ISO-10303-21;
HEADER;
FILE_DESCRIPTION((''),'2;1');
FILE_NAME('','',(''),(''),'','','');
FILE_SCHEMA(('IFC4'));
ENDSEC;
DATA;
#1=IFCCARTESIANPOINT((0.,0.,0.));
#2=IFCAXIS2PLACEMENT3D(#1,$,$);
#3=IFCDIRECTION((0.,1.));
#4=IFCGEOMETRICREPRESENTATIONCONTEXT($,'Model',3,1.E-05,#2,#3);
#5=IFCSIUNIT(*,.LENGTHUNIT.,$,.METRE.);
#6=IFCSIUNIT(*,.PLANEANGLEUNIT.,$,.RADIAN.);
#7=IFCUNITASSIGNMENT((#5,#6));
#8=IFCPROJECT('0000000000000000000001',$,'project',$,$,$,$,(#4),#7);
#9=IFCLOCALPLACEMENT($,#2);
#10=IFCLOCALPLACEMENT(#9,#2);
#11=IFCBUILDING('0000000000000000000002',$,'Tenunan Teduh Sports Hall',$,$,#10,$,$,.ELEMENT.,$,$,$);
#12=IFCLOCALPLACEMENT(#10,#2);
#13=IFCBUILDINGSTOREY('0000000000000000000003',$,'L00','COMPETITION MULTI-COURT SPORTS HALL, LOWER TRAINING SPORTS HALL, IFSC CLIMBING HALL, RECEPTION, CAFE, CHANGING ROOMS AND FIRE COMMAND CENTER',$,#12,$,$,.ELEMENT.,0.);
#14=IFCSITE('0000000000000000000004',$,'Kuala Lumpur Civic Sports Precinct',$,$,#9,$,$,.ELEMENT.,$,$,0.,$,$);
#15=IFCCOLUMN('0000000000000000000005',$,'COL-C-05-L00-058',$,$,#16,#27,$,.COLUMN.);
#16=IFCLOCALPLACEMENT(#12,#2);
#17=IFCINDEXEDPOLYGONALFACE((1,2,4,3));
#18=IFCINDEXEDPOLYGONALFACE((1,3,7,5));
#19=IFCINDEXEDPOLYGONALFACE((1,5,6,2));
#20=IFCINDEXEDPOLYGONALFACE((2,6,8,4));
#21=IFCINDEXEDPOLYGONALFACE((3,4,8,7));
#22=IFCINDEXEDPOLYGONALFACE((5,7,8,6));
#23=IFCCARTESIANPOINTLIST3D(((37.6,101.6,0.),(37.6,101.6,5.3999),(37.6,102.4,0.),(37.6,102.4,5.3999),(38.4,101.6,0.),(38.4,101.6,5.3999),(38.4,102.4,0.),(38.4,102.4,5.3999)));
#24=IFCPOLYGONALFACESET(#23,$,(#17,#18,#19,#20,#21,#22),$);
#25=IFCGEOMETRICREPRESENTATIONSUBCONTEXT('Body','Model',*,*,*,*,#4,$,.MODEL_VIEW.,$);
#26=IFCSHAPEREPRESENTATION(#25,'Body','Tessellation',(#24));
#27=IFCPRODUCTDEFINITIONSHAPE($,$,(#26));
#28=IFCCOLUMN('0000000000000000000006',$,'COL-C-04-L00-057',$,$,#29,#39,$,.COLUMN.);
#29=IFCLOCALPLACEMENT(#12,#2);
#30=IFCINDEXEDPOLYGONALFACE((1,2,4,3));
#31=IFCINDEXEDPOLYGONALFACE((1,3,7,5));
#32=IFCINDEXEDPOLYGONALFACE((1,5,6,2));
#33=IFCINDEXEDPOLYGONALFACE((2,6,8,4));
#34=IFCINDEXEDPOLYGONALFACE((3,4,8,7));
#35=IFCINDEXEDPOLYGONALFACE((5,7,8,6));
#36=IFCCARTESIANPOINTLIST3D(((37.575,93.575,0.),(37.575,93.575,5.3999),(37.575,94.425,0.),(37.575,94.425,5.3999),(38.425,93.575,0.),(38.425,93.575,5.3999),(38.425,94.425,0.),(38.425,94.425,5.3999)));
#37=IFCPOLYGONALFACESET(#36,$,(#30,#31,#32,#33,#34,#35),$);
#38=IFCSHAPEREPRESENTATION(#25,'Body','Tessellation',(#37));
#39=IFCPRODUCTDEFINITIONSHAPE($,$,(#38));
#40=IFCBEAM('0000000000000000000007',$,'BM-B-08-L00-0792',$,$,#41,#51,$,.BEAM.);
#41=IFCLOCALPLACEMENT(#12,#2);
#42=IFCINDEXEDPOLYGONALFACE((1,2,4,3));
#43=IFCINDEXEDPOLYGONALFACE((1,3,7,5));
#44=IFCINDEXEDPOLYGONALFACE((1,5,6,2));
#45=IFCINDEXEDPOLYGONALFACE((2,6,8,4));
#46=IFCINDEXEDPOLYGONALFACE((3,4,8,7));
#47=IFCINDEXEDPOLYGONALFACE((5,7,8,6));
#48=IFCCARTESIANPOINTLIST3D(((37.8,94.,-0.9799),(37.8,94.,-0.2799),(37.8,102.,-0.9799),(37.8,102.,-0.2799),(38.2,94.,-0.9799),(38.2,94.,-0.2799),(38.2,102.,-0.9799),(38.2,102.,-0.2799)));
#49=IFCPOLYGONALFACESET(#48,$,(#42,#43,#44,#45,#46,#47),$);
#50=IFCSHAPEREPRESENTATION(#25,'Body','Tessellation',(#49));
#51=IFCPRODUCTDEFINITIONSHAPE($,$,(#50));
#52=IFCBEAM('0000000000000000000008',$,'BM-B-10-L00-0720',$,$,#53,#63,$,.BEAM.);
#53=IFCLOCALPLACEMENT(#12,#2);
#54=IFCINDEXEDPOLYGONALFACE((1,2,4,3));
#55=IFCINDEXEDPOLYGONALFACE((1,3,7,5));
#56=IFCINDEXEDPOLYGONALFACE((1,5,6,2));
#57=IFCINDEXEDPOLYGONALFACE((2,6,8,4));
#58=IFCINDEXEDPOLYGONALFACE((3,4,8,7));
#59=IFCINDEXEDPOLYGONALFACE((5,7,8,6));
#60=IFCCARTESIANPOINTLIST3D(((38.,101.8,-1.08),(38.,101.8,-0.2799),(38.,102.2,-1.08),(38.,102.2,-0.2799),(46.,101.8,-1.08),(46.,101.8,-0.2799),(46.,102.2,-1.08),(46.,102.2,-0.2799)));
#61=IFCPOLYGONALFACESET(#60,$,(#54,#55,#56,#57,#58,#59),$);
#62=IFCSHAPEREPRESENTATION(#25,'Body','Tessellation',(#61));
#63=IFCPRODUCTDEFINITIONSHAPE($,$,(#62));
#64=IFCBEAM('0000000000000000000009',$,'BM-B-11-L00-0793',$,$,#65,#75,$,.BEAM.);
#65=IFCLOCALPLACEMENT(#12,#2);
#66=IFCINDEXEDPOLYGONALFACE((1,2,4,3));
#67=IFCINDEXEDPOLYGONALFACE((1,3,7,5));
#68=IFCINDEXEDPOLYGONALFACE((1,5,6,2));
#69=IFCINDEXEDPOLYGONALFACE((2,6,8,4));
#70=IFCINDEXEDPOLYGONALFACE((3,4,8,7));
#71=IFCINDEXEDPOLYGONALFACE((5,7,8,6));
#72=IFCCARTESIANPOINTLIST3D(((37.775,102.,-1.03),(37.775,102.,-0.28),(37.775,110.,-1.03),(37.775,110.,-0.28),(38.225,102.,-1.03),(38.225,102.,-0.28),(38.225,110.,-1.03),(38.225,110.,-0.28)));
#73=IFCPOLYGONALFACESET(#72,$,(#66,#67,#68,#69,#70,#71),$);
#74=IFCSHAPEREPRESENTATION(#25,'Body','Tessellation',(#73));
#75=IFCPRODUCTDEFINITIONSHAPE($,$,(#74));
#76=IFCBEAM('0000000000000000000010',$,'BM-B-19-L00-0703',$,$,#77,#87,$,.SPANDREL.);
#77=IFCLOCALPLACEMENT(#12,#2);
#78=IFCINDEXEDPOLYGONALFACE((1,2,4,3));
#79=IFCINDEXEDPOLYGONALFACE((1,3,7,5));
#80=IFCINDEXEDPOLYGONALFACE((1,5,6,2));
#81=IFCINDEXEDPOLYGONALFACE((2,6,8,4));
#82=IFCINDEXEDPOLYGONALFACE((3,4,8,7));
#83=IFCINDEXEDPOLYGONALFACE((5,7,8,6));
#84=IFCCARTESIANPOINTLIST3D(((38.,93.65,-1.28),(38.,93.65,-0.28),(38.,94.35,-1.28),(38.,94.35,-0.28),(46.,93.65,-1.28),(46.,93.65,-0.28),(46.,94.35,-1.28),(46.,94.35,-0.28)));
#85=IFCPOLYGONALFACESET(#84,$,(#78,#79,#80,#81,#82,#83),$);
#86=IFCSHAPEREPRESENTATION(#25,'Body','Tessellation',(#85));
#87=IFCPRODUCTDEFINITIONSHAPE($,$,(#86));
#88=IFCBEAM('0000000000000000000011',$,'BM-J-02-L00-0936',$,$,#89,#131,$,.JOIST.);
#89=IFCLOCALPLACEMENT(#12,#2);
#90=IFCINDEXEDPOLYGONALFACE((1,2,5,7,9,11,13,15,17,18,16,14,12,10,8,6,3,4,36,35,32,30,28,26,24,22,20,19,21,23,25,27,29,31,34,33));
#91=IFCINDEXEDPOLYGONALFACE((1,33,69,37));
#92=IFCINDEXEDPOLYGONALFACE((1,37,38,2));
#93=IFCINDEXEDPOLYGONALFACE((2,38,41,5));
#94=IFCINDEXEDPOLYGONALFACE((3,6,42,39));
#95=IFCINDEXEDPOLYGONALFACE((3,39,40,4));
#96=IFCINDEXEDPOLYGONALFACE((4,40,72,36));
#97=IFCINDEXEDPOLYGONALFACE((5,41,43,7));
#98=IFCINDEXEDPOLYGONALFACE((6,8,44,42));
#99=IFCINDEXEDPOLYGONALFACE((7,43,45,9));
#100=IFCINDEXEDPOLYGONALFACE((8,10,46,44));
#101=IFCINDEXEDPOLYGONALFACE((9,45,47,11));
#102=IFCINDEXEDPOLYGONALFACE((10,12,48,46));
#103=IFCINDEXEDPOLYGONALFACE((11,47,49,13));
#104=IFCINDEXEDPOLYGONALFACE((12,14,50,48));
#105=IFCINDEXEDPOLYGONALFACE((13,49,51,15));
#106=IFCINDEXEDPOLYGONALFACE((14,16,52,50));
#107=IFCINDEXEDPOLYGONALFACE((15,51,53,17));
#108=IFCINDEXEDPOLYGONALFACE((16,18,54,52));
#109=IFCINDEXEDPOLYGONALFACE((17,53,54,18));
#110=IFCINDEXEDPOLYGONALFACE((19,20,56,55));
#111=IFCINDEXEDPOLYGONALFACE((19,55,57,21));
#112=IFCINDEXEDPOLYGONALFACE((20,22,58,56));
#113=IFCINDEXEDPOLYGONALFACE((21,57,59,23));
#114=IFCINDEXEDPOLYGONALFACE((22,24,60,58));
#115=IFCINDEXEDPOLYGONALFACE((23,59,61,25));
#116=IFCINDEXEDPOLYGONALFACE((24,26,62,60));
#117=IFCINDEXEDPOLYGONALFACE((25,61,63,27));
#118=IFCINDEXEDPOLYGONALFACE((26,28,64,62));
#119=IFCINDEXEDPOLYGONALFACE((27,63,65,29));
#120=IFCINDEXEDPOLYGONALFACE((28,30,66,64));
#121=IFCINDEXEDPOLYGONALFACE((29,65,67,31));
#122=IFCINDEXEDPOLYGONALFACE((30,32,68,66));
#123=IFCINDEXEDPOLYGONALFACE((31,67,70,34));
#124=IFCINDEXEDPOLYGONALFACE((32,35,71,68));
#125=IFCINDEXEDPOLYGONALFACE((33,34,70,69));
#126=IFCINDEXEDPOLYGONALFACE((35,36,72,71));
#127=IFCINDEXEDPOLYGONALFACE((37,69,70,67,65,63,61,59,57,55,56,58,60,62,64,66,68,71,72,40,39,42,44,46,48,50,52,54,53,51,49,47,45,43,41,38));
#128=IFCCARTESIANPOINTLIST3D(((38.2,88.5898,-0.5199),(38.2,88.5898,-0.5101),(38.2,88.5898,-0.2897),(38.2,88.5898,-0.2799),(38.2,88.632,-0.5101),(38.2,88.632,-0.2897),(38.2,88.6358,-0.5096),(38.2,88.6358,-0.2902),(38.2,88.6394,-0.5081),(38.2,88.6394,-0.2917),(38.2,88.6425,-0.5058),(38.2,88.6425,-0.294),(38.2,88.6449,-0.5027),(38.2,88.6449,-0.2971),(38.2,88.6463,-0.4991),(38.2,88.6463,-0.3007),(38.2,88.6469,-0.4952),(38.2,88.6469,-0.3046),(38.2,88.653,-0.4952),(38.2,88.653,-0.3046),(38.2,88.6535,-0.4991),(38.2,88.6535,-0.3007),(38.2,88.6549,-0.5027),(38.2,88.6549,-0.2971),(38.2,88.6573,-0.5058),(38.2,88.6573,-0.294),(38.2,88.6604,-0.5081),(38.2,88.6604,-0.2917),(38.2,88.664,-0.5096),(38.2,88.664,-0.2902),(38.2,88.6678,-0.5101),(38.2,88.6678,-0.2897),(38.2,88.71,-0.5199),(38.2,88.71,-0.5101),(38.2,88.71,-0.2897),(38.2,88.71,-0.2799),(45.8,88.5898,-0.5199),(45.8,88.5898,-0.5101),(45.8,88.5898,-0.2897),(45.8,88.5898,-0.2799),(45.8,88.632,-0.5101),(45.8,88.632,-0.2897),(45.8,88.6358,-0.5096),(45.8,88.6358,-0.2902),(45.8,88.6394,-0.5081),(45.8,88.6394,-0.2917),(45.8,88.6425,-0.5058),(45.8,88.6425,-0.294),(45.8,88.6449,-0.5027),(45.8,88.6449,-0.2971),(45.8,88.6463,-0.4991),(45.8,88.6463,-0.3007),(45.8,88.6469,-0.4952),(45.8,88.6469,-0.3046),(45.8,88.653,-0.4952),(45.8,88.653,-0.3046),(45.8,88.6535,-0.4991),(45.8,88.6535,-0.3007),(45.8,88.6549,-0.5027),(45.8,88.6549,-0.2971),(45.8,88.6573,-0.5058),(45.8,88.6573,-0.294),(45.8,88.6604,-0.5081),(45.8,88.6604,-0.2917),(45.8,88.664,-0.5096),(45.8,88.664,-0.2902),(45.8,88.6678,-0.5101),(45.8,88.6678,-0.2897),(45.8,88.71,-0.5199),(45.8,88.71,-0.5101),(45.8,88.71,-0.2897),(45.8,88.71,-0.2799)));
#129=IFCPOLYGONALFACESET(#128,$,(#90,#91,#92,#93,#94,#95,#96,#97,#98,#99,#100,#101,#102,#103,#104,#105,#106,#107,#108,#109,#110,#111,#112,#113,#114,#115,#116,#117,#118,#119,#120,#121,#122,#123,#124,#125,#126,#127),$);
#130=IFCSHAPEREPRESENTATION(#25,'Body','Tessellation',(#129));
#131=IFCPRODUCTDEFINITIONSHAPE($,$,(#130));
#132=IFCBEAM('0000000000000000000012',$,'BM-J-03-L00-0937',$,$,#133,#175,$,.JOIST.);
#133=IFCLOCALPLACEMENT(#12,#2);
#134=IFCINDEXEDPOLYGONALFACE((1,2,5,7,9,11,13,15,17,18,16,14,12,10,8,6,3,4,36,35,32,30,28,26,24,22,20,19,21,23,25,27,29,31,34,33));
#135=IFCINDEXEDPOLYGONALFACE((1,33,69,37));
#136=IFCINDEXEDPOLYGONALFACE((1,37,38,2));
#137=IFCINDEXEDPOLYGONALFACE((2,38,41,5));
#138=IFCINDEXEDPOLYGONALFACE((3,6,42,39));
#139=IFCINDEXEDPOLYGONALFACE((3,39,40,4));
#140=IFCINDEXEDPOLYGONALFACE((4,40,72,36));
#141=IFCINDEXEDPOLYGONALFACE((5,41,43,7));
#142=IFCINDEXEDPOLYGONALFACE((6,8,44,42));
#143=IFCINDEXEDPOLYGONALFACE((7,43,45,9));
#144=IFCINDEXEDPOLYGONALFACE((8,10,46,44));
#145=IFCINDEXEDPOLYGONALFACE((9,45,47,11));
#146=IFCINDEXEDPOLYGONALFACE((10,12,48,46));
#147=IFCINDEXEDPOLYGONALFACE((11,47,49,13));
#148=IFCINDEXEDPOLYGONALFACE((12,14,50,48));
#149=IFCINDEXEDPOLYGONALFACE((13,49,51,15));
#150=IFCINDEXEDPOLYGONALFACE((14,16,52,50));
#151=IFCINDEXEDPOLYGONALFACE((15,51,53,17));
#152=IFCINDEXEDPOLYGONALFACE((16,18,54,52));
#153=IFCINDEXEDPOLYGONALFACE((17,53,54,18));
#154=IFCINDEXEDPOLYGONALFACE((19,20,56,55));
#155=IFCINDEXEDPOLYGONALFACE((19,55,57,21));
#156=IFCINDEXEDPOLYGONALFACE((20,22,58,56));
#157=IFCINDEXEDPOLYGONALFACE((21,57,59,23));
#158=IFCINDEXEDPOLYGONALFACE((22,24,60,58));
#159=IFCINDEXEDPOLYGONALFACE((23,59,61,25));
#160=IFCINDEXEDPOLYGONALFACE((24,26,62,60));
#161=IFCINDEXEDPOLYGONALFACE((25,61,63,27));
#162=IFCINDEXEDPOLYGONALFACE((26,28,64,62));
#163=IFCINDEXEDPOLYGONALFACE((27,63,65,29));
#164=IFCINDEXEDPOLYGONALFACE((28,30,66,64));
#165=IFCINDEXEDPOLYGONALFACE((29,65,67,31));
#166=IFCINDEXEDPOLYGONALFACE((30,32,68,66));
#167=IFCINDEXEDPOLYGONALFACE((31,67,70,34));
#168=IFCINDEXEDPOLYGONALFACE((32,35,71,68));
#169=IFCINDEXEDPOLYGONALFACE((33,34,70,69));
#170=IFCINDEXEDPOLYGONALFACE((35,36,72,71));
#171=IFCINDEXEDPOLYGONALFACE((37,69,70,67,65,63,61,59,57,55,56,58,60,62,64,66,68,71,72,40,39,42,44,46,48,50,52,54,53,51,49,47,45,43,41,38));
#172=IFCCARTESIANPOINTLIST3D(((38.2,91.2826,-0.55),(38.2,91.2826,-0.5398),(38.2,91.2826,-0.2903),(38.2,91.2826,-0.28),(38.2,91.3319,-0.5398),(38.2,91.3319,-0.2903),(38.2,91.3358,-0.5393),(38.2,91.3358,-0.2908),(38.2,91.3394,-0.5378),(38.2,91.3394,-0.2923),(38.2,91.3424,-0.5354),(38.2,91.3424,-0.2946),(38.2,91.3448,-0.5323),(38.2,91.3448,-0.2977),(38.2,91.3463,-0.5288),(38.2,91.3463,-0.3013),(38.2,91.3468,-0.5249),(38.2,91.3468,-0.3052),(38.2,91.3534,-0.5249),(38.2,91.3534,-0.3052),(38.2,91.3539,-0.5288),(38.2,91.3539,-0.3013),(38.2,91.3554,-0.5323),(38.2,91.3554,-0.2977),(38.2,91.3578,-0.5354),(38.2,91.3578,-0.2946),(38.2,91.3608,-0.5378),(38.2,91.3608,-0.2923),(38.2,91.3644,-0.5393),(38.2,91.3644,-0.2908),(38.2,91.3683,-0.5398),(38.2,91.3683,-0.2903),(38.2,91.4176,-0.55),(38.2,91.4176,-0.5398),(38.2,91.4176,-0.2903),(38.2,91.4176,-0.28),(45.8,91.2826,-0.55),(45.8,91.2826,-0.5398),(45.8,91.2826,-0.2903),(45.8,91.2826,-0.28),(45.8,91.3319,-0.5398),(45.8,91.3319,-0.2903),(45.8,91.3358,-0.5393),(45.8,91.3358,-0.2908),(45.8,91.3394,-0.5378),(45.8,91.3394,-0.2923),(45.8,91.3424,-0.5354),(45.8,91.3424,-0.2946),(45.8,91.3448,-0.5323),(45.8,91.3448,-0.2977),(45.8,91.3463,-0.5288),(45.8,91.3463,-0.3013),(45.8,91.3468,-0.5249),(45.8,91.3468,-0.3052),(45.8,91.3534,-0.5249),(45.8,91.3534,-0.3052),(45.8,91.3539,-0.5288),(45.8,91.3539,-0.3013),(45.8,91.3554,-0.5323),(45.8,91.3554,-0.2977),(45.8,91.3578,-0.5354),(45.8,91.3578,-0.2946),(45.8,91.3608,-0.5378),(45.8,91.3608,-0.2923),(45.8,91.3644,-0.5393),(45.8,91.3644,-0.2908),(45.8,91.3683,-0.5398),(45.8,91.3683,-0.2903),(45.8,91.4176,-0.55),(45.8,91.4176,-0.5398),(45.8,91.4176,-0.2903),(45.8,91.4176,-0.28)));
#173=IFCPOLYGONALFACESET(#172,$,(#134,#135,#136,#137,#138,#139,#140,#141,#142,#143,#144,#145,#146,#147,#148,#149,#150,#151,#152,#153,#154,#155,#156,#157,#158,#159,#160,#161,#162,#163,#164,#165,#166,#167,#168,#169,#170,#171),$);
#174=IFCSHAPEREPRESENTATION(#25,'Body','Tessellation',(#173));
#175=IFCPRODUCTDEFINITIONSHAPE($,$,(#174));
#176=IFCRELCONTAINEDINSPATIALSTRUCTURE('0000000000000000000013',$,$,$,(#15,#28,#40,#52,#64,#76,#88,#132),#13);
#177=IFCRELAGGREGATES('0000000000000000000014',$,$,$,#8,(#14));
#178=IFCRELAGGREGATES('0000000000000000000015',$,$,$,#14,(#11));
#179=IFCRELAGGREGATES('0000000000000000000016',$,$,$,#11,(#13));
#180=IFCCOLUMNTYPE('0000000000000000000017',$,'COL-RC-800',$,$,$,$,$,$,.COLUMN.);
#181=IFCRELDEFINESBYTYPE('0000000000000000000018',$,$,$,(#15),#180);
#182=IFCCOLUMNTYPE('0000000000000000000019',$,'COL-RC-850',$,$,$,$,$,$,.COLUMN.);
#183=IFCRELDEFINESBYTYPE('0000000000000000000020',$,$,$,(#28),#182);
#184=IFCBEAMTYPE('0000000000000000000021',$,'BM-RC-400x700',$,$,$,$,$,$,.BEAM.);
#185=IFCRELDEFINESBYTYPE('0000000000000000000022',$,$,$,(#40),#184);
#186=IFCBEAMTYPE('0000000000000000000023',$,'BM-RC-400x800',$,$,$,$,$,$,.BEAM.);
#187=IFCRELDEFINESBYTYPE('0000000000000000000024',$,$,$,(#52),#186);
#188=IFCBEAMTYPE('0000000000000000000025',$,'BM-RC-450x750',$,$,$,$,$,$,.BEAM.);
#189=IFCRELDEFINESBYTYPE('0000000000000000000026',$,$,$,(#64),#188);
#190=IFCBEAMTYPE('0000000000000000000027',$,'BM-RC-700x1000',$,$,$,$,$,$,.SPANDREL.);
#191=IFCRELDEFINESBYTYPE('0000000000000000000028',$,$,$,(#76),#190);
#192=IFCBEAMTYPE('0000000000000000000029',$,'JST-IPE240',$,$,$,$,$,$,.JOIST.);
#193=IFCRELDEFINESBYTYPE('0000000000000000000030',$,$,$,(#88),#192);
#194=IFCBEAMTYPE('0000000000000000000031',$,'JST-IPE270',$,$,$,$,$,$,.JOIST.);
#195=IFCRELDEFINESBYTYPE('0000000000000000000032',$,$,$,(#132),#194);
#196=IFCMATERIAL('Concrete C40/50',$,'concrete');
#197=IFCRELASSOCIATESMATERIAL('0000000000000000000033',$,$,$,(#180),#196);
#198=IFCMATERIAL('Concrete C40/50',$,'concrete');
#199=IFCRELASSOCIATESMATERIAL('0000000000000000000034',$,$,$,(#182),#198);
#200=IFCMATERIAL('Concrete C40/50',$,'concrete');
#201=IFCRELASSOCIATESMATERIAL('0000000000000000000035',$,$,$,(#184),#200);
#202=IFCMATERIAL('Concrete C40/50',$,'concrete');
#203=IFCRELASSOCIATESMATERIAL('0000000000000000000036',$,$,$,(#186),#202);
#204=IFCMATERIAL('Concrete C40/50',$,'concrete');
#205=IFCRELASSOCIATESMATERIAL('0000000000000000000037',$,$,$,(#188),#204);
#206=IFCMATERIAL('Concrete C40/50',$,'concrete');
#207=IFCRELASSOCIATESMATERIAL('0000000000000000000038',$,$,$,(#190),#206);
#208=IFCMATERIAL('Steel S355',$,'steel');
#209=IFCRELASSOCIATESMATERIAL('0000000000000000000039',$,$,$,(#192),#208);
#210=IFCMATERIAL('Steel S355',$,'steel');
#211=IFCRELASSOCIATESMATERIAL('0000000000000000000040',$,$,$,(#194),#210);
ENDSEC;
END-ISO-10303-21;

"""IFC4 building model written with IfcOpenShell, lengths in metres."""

from ifc_helpers import new_model, si_unit, direction, frame, origin, origin_2d, place, context, subcontext, project, spatial, rectangle, i_section, extrude, material, material_profile, profile_set, type_object, element, save


model = new_model("IFC4")

# Units and contexts
model_context = context("Model", 3, precision=1e-05, world=origin(), true_north=direction((0.0, 1.0)))
body_context = subcontext(model_context, "Body", "Model", "MODEL_VIEW")
ifc_project = project(units=[si_unit("LENGTHUNIT", "METRE"), si_unit("PLANEANGLEUNIT", "RADIAN")], contexts=[model_context])

# Site, building, storey
site_placement = place(None, origin())
site = spatial("IfcSite", under=ifc_project, at=site_placement, Name="Kuala Lumpur Civic Sports Precinct", CompositionType="ELEMENT", RefElevation=0.0)
building_placement = place(site_placement, origin())
building = spatial("IfcBuilding", under=site, at=building_placement, Name="Tenunan Teduh Sports Hall", CompositionType="ELEMENT")
storey_placement = place(building_placement, origin())
storey = spatial("IfcBuildingStorey", under=building, at=storey_placement, Name="L00", Description="COMPETITION MULTI-COURT SPORTS HALL, LOWER TRAINING SPORTS HALL, IFSC CLIMBING HALL, RECEPTION, CAFE, CHANGING ROOMS AND FIRE COMMAND CENTER", CompositionType="ELEMENT", Elevation=0.0)

# Columns
ifc_material_1 = material(Name="Concrete C40/50", Category="concrete")
ifc_material_profile_1 = material_profile(ifc_material_1, rectangle(XDim=0.8, YDim=0.8, at=origin_2d()), Name="RC 800x800")
ifc_profile_set_1 = profile_set([ifc_material_profile_1], Name="Concrete C40/50")
column_type_1 = type_object("IfcColumnType", Name="COL-RC-800", PredefinedType="COLUMN", material=ifc_profile_set_1)
column_1_placement = place(storey_placement, frame((38.0, 102.0, 0.0), z_axis=(0.0, 0.0, 1.0), x_axis=(1.0, 0.0, 0.0)))
element("IfcColumn", 1, at=column_1_placement, inside=storey, type_object=column_type_1, Name="COL-C-05-L00-058", PredefinedType="COLUMN", context=body_context, shape_type="SweptSolid", body=[
    extrude(rectangle(XDim=0.8, YDim=0.8, at=origin_2d()), origin(), (0.0, 0.0, 1.0), 5.3999),
])
ifc_material_2 = material(Name="Concrete C40/50", Category="concrete")
ifc_material_profile_2 = material_profile(ifc_material_2, rectangle(XDim=0.8501, YDim=0.8501, at=origin_2d()), Name="RC 850x850")
ifc_profile_set_2 = profile_set([ifc_material_profile_2], Name="Concrete C40/50")
column_type_2 = type_object("IfcColumnType", Name="COL-RC-850", PredefinedType="COLUMN", material=ifc_profile_set_2)
column_2_placement = place(storey_placement, frame((38.0, 94.0, 0.0), z_axis=(0.0, 0.0, 1.0), x_axis=(1.0, 0.0, 0.0)))
element("IfcColumn", 2, at=column_2_placement, inside=storey, type_object=column_type_2, Name="COL-C-04-L00-057", PredefinedType="COLUMN", context=body_context, shape_type="SweptSolid", body=[
    extrude(rectangle(XDim=0.8501, YDim=0.8501, at=origin_2d()), origin(), (0.0, 0.0, 1.0), 5.3999),
])

# Beams
ifc_material_3 = material(Name="Concrete C40/50", Category="concrete")
ifc_material_profile_3 = material_profile(ifc_material_3, rectangle(XDim=0.3999, YDim=0.7, at=origin_2d()), Name="RCB 400x700")
ifc_profile_set_3 = profile_set([ifc_material_profile_3], Name="Concrete C40/50")
beam_type_1 = type_object("IfcBeamType", Name="BM-RC-400x700", PredefinedType="BEAM", material=ifc_profile_set_3)
beam_1_placement = place(storey_placement, frame((38.0, 94.0, -0.6299), z_axis=(0.0, 1.0, 0.0), x_axis=(-1.0, 0.0, 0.0)))
element("IfcBeam", 3, at=beam_1_placement, inside=storey, type_object=beam_type_1, Name="BM-B-08-L00-0792", PredefinedType="BEAM", context=body_context, shape_type="SweptSolid", body=[
    extrude(rectangle(XDim=0.3999, YDim=0.7, at=origin_2d()), origin(), (0.0, 0.0, 1.0), 8.0),
])
ifc_material_4 = material(Name="Concrete C40/50", Category="concrete")
ifc_material_profile_4 = material_profile(ifc_material_4, rectangle(XDim=0.3999, YDim=0.8, at=origin_2d()), Name="RCB 400x800")
ifc_profile_set_4 = profile_set([ifc_material_profile_4], Name="Concrete C40/50")
beam_type_2 = type_object("IfcBeamType", Name="BM-RC-400x800", PredefinedType="BEAM", material=ifc_profile_set_4)
beam_2_placement = place(storey_placement, frame((38.0, 102.0, -0.6799), z_axis=(1.0, 0.0, 0.0), x_axis=(0.0, 1.0, 0.0)))
element("IfcBeam", 4, at=beam_2_placement, inside=storey, type_object=beam_type_2, Name="BM-B-10-L00-0720", PredefinedType="BEAM", context=body_context, shape_type="SweptSolid", body=[
    extrude(rectangle(XDim=0.3999, YDim=0.8, at=origin_2d()), origin(), (0.0, 0.0, 1.0), 8.0),
])
ifc_material_5 = material(Name="Concrete C40/50", Category="concrete")
ifc_material_profile_5 = material_profile(ifc_material_5, rectangle(XDim=0.45, YDim=0.75, at=origin_2d()), Name="RCB 450x750")
ifc_profile_set_5 = profile_set([ifc_material_profile_5], Name="Concrete C40/50")
beam_type_3 = type_object("IfcBeamType", Name="BM-RC-450x750", PredefinedType="BEAM", material=ifc_profile_set_5)
beam_3_placement = place(storey_placement, frame((38.0, 102.0, -0.655), z_axis=(0.0, 1.0, 0.0), x_axis=(-1.0, 0.0, 0.0)))
element("IfcBeam", 5, at=beam_3_placement, inside=storey, type_object=beam_type_3, Name="BM-B-11-L00-0793", PredefinedType="BEAM", context=body_context, shape_type="SweptSolid", body=[
    extrude(rectangle(XDim=0.45, YDim=0.75, at=origin_2d()), origin(), (0.0, 0.0, 1.0), 8.0),
])
ifc_material_6 = material(Name="Concrete C40/50", Category="concrete")
ifc_material_profile_6 = material_profile(ifc_material_6, rectangle(XDim=0.7, YDim=1.0, at=origin_2d()), Name="RCB 700x1000")
ifc_profile_set_6 = profile_set([ifc_material_profile_6], Name="Concrete C40/50")
beam_type_4 = type_object("IfcBeamType", Name="BM-RC-700x1000", PredefinedType="SPANDREL", material=ifc_profile_set_6)
beam_4_placement = place(storey_placement, frame((38.0, 94.0, -0.78), z_axis=(1.0, 0.0, 0.0), x_axis=(0.0, 1.0, 0.0)))
element("IfcBeam", 6, at=beam_4_placement, inside=storey, type_object=beam_type_4, Name="BM-B-19-L00-0703", PredefinedType="SPANDREL", context=body_context, shape_type="SweptSolid", body=[
    extrude(rectangle(XDim=0.7, YDim=1.0, at=origin_2d()), origin(), (0.0, 0.0, 1.0), 8.0),
])
ifc_material_7 = material(Name="Steel S355", Category="steel")
ifc_material_profile_7 = material_profile(ifc_material_7, i_section(OverallWidth=0.1201, OverallDepth=0.24, WebThickness=0.0061, FlangeThickness=0.0098, FilletRadius=0.0149, at=origin_2d()), Name="IPE 240")
ifc_profile_set_7 = profile_set([ifc_material_profile_7], Name="Steel S355")
beam_type_5 = type_object("IfcBeamType", Name="JST-IPE240", PredefinedType="JOIST", material=ifc_profile_set_7)
beam_5_placement = place(storey_placement, frame((38.2, 88.6499, -0.3999), z_axis=(1.0, 0.0, 0.0), x_axis=(0.0, 1.0, 0.0)))
element("IfcBeam", 7, at=beam_5_placement, inside=storey, type_object=beam_type_5, Name="BM-J-02-L00-0936", PredefinedType="JOIST", context=body_context, shape_type="SweptSolid", body=[
    extrude(i_section(OverallWidth=0.1201, OverallDepth=0.24, WebThickness=0.0061, FlangeThickness=0.0098, FilletRadius=0.0149, at=origin_2d()), origin(), (0.0, 0.0, 1.0), 7.6001),
])
ifc_material_8 = material(Name="Steel S355", Category="steel")
ifc_material_profile_8 = material_profile(ifc_material_8, i_section(OverallWidth=0.135, OverallDepth=0.27, WebThickness=0.0066, FlangeThickness=0.0103, FilletRadius=0.0149, at=origin_2d()), Name="IPE 270")
ifc_profile_set_8 = profile_set([ifc_material_profile_8], Name="Steel S355")
beam_type_6 = type_object("IfcBeamType", Name="JST-IPE270", PredefinedType="JOIST", material=ifc_profile_set_8)
beam_6_placement = place(storey_placement, frame((38.2, 91.3501, -0.415), z_axis=(1.0, 0.0, 0.0), x_axis=(0.0, 1.0, 0.0)))
element("IfcBeam", 8, at=beam_6_placement, inside=storey, type_object=beam_type_6, Name="BM-J-03-L00-0937", PredefinedType="JOIST", context=body_context, shape_type="SweptSolid", body=[
    extrude(i_section(OverallWidth=0.135, OverallDepth=0.27, WebThickness=0.0066, FlangeThickness=0.0103, FilletRadius=0.0149, at=origin_2d()), origin(), (0.0, 0.0, 1.0), 7.6001),
])

save(model, "model.ifc")
